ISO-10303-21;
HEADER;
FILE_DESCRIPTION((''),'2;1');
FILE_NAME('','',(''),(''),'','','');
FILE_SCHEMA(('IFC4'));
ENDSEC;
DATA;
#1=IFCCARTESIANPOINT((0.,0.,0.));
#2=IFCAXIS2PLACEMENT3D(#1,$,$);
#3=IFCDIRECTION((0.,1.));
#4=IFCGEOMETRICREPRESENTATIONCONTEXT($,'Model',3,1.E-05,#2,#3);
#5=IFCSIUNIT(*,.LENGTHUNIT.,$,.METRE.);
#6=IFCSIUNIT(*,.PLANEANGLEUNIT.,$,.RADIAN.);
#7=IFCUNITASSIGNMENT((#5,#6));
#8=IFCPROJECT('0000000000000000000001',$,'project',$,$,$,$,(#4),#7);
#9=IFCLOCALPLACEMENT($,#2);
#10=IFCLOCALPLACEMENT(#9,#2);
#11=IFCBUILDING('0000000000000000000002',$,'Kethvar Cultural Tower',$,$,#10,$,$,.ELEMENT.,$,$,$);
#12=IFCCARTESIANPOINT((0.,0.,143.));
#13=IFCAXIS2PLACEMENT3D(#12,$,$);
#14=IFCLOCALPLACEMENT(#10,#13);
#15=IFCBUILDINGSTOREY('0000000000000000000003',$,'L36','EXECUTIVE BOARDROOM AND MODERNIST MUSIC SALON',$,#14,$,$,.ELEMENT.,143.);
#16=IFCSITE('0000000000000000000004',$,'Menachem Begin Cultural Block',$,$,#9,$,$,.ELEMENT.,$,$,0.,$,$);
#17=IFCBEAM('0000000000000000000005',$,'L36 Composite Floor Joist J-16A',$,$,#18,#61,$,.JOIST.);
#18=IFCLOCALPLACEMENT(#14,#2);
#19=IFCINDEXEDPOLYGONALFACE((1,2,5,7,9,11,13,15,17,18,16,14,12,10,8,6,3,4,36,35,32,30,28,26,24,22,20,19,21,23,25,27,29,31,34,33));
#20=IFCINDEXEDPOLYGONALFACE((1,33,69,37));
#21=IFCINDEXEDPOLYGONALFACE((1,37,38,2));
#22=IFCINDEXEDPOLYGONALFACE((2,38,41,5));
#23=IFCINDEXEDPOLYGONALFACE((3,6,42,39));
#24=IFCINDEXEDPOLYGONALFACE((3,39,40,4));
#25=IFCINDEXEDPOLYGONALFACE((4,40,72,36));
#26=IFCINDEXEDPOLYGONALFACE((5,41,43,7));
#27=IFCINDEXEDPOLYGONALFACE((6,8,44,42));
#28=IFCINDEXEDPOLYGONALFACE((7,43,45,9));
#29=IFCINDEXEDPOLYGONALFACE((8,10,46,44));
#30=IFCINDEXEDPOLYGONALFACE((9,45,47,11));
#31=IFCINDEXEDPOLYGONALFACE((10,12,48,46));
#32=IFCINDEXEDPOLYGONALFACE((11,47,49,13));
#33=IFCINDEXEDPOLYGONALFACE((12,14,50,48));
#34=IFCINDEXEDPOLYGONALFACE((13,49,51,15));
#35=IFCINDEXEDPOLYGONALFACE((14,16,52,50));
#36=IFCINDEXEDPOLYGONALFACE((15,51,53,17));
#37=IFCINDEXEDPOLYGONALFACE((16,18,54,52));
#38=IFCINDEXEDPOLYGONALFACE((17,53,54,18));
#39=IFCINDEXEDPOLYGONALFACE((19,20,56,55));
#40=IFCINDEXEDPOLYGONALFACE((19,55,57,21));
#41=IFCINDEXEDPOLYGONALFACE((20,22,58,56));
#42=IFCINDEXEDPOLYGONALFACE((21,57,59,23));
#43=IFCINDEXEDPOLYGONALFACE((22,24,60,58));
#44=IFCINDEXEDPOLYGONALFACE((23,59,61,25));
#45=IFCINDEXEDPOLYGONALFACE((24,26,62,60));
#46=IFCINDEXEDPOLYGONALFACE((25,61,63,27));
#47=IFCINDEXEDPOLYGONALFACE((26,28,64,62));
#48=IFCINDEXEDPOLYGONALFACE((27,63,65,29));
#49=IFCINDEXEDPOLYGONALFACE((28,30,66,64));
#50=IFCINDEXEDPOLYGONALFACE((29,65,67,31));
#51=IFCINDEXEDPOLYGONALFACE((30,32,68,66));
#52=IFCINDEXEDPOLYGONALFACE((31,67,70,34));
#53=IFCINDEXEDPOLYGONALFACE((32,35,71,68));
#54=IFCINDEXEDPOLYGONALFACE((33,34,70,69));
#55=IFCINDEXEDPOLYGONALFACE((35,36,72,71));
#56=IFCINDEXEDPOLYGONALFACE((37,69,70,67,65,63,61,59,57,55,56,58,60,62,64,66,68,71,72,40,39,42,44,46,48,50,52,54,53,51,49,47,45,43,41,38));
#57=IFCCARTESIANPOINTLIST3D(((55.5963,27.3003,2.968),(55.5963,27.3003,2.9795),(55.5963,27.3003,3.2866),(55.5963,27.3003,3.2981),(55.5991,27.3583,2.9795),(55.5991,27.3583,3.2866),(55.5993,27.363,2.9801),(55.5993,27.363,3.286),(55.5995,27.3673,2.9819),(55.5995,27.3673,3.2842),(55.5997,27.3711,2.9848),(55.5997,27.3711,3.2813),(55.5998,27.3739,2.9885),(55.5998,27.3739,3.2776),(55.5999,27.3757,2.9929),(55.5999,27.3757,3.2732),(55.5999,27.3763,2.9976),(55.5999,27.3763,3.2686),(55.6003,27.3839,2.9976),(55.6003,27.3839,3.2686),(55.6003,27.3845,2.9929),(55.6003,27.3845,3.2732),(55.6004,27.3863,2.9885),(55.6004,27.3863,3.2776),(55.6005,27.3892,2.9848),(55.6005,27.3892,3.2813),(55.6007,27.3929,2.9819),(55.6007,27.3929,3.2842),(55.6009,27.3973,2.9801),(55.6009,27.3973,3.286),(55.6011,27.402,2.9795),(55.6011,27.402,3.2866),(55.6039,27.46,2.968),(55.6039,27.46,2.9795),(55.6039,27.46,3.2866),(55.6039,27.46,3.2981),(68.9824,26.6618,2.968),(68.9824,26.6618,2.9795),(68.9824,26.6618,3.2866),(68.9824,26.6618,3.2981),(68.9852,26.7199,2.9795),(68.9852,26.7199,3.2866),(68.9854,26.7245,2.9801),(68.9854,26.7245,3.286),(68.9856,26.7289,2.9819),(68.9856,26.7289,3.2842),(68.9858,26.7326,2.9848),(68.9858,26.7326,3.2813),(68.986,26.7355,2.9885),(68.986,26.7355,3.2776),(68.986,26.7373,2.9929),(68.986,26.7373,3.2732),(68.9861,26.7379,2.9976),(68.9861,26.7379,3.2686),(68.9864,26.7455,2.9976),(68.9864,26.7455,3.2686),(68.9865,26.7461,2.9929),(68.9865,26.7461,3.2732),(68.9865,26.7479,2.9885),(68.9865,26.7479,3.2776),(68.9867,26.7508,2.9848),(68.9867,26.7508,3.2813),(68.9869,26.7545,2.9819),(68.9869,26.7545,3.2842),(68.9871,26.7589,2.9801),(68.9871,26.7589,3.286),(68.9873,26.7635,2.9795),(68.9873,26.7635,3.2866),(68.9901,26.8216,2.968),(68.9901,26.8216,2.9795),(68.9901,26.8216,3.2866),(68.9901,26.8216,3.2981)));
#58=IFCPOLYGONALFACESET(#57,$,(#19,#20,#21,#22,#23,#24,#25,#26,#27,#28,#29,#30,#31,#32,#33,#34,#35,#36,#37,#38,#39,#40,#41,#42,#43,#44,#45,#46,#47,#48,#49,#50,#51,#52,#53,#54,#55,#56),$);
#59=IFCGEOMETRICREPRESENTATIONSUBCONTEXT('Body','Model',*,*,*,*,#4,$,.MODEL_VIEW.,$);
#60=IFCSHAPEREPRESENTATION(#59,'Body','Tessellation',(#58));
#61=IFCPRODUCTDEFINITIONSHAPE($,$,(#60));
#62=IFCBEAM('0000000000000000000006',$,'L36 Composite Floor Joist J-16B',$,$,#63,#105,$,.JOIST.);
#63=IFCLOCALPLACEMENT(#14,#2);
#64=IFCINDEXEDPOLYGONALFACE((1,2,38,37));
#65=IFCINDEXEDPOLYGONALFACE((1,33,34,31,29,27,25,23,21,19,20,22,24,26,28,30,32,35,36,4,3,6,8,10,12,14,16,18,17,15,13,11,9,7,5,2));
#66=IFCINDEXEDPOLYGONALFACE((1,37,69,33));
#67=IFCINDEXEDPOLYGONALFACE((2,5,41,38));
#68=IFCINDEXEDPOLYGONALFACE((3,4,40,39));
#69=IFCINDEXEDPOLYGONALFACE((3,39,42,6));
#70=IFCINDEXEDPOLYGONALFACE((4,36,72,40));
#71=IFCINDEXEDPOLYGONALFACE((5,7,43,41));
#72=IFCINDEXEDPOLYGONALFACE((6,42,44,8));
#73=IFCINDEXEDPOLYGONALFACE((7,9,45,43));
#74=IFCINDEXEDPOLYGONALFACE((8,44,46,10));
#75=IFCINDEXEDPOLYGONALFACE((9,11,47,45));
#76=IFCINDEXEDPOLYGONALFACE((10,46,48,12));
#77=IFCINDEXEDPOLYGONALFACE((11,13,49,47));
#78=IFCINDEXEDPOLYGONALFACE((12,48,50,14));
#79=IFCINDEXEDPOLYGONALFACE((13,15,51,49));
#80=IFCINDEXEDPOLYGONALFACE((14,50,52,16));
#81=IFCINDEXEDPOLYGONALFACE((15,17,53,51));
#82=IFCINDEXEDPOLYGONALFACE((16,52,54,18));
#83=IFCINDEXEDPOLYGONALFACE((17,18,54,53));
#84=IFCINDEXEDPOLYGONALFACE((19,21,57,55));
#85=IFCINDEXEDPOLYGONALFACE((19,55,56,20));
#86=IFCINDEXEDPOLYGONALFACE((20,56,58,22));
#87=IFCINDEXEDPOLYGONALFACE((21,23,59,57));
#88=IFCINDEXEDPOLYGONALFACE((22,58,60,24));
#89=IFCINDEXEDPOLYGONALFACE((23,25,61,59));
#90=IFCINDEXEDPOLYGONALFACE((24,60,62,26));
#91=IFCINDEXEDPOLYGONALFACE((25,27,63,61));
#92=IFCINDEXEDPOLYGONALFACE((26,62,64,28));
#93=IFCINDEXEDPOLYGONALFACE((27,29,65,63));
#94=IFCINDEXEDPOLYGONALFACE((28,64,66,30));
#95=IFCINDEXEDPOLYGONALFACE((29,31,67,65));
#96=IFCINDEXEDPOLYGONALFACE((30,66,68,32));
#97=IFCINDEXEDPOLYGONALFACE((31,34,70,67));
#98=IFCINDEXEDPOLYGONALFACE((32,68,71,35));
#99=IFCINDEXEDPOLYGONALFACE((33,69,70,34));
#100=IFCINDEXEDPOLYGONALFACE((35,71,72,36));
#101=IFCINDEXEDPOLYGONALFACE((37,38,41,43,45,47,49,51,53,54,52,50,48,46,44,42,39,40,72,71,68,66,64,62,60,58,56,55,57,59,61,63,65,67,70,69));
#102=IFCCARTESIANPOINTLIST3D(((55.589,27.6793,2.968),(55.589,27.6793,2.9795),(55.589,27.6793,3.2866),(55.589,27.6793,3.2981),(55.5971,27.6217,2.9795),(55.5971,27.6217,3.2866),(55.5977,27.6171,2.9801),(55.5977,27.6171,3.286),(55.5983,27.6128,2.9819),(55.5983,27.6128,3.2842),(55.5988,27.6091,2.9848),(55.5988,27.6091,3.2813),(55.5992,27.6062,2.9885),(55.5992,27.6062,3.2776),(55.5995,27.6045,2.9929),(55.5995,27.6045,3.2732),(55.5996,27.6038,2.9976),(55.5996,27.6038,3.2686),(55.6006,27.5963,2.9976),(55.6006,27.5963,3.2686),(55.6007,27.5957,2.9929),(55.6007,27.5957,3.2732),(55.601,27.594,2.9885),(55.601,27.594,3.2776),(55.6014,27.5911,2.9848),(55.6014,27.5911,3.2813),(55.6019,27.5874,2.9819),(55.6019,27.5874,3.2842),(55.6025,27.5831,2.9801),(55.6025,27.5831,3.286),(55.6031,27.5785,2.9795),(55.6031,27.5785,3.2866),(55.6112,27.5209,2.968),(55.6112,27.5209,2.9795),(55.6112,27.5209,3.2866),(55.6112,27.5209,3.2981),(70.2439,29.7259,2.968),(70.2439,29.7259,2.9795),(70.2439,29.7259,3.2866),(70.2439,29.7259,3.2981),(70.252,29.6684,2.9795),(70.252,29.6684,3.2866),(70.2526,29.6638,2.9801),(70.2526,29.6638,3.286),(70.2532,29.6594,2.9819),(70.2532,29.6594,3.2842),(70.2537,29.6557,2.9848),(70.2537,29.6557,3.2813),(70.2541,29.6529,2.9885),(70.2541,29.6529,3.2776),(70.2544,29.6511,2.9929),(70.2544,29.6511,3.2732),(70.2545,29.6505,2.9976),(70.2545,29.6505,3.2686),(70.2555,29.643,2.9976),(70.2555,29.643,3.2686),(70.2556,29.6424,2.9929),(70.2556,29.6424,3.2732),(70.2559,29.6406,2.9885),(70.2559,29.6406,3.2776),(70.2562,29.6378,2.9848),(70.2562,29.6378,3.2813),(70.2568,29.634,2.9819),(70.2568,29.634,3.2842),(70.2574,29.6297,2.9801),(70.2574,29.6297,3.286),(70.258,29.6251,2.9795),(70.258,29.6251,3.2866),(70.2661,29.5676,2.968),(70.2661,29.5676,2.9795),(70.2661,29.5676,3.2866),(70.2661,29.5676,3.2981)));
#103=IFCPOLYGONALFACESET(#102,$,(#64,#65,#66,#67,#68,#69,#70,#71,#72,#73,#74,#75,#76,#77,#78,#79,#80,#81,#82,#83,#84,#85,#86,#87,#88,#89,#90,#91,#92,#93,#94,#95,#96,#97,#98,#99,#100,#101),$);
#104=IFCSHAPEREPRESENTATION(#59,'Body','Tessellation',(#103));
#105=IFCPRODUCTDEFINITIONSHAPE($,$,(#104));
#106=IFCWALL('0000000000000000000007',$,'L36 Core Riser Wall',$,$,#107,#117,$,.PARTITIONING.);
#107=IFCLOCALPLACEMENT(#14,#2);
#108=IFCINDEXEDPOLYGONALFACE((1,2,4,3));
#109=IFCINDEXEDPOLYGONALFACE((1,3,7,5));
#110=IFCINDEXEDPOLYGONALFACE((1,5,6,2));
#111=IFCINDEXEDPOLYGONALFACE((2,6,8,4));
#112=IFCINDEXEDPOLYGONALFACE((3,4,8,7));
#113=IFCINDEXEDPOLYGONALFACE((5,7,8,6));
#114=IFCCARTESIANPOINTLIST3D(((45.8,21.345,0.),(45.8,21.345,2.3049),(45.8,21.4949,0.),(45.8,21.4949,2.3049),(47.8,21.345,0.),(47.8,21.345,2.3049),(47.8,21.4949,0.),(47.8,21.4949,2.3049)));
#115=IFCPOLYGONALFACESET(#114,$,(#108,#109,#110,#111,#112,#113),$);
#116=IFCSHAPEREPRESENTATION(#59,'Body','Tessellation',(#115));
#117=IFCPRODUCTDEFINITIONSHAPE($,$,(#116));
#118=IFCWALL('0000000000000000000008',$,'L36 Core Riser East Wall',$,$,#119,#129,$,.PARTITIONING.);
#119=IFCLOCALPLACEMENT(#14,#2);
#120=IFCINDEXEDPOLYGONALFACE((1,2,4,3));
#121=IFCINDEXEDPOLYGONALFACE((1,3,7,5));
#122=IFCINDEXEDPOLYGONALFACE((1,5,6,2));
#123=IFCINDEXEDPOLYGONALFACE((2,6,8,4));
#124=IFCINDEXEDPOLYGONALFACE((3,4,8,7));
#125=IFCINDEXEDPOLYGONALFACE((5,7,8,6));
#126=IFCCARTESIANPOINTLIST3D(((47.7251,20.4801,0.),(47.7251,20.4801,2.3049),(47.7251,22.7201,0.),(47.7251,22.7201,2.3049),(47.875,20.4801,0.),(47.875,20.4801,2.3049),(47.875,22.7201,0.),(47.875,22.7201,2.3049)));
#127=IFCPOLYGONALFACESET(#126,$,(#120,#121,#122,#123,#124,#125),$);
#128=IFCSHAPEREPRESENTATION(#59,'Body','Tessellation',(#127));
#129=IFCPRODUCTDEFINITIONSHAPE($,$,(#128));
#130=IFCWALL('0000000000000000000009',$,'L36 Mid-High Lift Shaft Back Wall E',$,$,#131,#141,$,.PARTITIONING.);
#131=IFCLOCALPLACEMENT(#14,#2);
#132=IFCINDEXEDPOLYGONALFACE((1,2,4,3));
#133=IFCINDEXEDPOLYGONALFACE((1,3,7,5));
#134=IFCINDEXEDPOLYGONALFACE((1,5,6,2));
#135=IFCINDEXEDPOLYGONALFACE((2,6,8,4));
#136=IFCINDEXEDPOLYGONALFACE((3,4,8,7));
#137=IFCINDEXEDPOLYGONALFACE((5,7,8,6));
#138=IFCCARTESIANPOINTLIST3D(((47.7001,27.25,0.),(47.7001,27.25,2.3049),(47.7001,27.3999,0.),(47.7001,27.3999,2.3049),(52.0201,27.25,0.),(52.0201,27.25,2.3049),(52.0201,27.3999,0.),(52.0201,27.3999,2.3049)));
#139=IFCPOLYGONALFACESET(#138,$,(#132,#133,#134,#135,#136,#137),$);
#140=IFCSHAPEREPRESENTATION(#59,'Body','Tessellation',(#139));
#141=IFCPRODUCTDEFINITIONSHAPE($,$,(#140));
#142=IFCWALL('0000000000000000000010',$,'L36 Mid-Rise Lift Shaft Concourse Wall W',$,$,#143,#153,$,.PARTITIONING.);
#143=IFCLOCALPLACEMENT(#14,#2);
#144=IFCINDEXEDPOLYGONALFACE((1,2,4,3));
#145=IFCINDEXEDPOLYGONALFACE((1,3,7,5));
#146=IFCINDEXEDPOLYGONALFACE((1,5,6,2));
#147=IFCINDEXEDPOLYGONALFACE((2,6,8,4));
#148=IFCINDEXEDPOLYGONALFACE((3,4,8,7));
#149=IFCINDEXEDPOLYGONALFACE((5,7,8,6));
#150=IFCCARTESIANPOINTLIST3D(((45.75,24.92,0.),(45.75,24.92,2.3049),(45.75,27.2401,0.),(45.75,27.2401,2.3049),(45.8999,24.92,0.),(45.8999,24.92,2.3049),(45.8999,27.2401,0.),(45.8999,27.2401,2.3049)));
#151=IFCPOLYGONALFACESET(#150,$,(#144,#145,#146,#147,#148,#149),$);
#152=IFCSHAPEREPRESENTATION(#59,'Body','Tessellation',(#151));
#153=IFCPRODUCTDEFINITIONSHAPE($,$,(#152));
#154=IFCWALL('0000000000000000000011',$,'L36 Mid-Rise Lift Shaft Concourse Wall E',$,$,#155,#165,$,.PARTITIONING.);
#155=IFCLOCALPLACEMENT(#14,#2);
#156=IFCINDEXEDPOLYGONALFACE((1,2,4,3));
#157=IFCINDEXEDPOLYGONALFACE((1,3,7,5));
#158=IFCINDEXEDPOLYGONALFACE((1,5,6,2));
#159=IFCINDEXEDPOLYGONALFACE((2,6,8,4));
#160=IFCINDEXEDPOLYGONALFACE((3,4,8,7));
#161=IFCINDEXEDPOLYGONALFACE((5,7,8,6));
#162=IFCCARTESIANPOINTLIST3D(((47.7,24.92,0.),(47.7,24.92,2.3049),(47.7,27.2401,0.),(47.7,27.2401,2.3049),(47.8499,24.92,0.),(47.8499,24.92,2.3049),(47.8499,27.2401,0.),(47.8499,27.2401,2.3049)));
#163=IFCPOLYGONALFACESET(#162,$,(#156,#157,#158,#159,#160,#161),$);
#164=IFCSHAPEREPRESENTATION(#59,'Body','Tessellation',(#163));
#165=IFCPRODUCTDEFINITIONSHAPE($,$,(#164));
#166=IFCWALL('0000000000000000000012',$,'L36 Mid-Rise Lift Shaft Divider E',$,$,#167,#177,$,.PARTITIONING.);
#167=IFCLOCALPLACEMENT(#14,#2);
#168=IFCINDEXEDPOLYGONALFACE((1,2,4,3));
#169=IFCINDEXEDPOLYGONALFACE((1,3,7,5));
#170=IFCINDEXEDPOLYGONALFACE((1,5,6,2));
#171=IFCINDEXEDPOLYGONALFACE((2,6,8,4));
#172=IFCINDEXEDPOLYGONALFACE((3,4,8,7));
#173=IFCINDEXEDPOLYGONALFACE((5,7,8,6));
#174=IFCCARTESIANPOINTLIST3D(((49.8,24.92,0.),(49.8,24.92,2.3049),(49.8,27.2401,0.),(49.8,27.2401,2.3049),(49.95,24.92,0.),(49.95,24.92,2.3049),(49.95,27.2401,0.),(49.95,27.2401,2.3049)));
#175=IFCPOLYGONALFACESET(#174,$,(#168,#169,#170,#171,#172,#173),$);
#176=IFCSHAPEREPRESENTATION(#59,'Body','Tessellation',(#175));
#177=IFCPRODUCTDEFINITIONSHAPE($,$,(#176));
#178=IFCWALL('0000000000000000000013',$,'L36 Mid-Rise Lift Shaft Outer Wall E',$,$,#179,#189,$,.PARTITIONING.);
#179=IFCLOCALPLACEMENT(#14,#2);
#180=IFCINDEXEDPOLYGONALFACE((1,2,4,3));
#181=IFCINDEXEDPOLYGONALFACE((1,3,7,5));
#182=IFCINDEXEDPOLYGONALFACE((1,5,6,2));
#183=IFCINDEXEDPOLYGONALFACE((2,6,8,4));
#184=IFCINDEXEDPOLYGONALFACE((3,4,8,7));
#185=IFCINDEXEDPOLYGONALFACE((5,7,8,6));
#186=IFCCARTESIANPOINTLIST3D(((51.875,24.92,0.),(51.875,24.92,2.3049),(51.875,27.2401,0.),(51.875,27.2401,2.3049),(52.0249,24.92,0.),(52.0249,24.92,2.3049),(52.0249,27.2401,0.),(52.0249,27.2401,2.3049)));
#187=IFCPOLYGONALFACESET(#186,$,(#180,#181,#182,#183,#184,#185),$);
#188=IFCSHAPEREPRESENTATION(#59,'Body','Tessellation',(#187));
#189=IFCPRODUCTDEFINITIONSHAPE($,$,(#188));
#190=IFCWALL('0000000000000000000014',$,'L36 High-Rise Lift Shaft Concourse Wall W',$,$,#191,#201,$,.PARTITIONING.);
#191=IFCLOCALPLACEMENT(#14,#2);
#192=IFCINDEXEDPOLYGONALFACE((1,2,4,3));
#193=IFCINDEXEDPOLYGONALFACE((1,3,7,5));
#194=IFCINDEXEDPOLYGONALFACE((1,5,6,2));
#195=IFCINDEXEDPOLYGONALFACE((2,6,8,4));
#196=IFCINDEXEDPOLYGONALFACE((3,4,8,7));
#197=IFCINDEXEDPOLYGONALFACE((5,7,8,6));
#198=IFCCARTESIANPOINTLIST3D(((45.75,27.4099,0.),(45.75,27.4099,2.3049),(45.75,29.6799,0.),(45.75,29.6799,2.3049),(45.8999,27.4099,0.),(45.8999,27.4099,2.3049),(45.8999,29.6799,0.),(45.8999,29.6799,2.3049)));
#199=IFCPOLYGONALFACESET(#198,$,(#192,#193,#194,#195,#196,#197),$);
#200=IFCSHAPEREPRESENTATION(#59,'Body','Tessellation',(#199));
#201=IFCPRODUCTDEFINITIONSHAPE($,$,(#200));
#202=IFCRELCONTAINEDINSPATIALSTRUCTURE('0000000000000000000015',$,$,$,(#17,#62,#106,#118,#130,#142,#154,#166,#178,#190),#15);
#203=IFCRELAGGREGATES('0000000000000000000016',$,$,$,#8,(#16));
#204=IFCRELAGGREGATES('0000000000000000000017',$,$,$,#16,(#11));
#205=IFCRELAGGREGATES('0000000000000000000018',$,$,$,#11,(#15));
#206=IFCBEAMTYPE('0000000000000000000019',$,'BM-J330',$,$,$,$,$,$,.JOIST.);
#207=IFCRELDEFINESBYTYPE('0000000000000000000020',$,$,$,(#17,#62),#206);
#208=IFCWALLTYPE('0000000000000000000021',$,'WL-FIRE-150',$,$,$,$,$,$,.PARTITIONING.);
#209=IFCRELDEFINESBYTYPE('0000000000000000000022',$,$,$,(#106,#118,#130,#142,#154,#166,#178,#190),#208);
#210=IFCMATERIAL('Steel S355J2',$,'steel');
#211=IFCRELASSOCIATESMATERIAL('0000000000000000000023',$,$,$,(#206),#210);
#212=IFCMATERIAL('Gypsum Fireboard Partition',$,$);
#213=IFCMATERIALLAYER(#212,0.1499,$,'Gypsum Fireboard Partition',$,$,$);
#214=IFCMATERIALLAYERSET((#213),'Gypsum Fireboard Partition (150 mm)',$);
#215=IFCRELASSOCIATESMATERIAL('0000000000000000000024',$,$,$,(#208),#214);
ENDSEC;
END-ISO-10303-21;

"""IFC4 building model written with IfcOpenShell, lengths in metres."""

from ifc_helpers import new_model, si_unit, direction, frame, frame_2d, origin, origin_2d, place, context, subcontext, project, spatial, rectangle, i_section, extrude, source, transform, mapped, material, layer, layer_set, material_profile, profile_set, type_object, element, save


model = new_model("IFC4")

# Units and contexts
model_context = context("Model", 3, precision=1e-05, world=origin(), true_north=direction((0.0, 1.0)))
body_context = subcontext(model_context, "Body", "Model", "MODEL_VIEW")
ifc_project = project(units=[si_unit("LENGTHUNIT", "METRE"), si_unit("PLANEANGLEUNIT", "RADIAN")], contexts=[model_context])

# Site, building, storey
site_placement = place(None, origin())
site = spatial("IfcSite", under=ifc_project, at=site_placement, Name="Menachem Begin Cultural Block", CompositionType="ELEMENT", RefElevation=0.0)
building_placement = place(site_placement, origin())
building = spatial("IfcBuilding", under=site, at=building_placement, Name="Kethvar Cultural Tower", CompositionType="ELEMENT")
storey_placement = place(building_placement, frame((0.0, 0.0, 143.0)))
storey = spatial("IfcBuildingStorey", under=building, at=storey_placement, Name="L36", Description="EXECUTIVE BOARDROOM AND MODERNIST MUSIC SALON", CompositionType="ELEMENT", Elevation=143.0)

# Beams
ifc_material_1 = material(Name="Steel S355J2", Category="steel")
ifc_material_profile_1 = material_profile(ifc_material_1, i_section(OverallWidth=0.1599, OverallDepth=0.3301, WebThickness=0.0076, FlangeThickness=0.0115, FilletRadius=0.0181, at=origin_2d()), Name="Steel S355J2 — IPE330")
ifc_profile_set_1 = profile_set([ifc_material_profile_1], Name="Steel S355J2 — IPE330")
beam_type_1 = type_object("IfcBeamType", Name="BM-J330", PredefinedType="JOIST", material=ifc_profile_set_1)
shared_shape_1 = source(origin(), body_context, "Body", "SweptSolid", [
    extrude(i_section(OverallWidth=0.1599, OverallDepth=0.3301, WebThickness=0.0076, FlangeThickness=0.0115, FilletRadius=0.0181, at=origin_2d()), origin(), (0.0, 0.0, 1.0), 13.4014),
])
beam_1_placement = place(storey_placement, frame((55.6001, 27.3801, 3.1331), z_axis=(0.998865, -0.047639, 0.0), x_axis=(0.047639, 0.998865, 0.0)))
element("IfcBeam", 1, at=beam_1_placement, inside=storey, type_object=beam_type_1, Name="L36 Composite Floor Joist J-16A", PredefinedType="JOIST", context=body_context, shape_type="MappedRepresentation", body=[
    mapped(shared_shape_1, transform((0.0, 0.0, 0.0), scale=1.0)),
])
shared_shape_2 = source(origin(), body_context, "Body", "SweptSolid", [
    extrude(i_section(OverallWidth=0.1599, OverallDepth=0.3301, WebThickness=0.0076, FlangeThickness=0.0115, FilletRadius=0.0181, at=origin_2d()), origin(), (0.0, 0.0, 1.0), 14.7971),
])
beam_2_placement = place(storey_placement, frame((55.6001, 27.6001, 3.1331), z_axis=(0.990388, 0.138314, 0.0), x_axis=(-0.138314, 0.990388, 0.0)))
element("IfcBeam", 2, at=beam_2_placement, inside=storey, type_object=beam_type_1, Name="L36 Composite Floor Joist J-16B", PredefinedType="JOIST", context=body_context, shape_type="MappedRepresentation", body=[
    mapped(shared_shape_2, transform((0.0, 0.0, 0.0), scale=1.0)),
])

# Walls
ifc_material_2 = material(Name="Gypsum Fireboard Partition")
ifc_layer_1 = layer(ifc_material_2, 0.1499, Name="Gypsum Fireboard Partition")
ifc_layer_set_1 = layer_set([ifc_layer_1], Name="Gypsum Fireboard Partition (150 mm)")
wall_type_1 = type_object("IfcWallType", Name="WL-FIRE-150", PredefinedType="PARTITIONING", material=ifc_layer_set_1)
wall_1_placement = place(storey_placement, frame((45.8, 21.4199, 0.0), z_axis=(0.0, 0.0, 1.0), x_axis=(1.0, 0.0, 0.0)))
element("IfcWall", 3, at=wall_1_placement, inside=storey, type_object=wall_type_1, Name="L36 Core Riser Wall", PredefinedType="PARTITIONING", context=body_context, shape_type="SweptSolid", body=[
    extrude(rectangle(XDim=2.0, YDim=0.1499, at=frame_2d((1.0, 0.0))), origin(), (0.0, 0.0, 1.0), 2.3049),
])
wall_2_placement = place(storey_placement, frame((47.8, 20.48, 0.0), z_axis=(0.0, 0.0, 1.0), x_axis=(0.0, 1.0, 0.0)))
element("IfcWall", 4, at=wall_2_placement, inside=storey, type_object=wall_type_1, Name="L36 Core Riser East Wall", PredefinedType="PARTITIONING", context=body_context, shape_type="SweptSolid", body=[
    extrude(rectangle(XDim=2.24, YDim=0.1499, at=frame_2d((1.1201, 0.0))), origin(), (0.0, 0.0, 1.0), 2.3049),
])
wall_3_placement = place(storey_placement, frame((47.7, 27.325, 0.0), z_axis=(0.0, 0.0, 1.0), x_axis=(1.0, 0.0, 0.0)))
element("IfcWall", 5, at=wall_3_placement, inside=storey, type_object=wall_type_1, Name="L36 Mid-High Lift Shaft Back Wall E", PredefinedType="PARTITIONING", context=body_context, shape_type="SweptSolid", body=[
    extrude(rectangle(XDim=4.3201, YDim=0.1499, at=frame_2d((2.1602, 0.0))), origin(), (0.0, 0.0, 1.0), 2.3049),
])
for number, where, z_axis, x_axis, name in (
    (6, (45.825, 24.9199, 0.0), (0.0, 0.0, 1.0), (0.0, 1.0, 0.0), "L36 Mid-Rise Lift Shaft Concourse Wall W"),
    (7, (47.7749, 24.9199, 0.0), (0.0, 0.0, 1.0), (0.0, 1.0, 0.0), "L36 Mid-Rise Lift Shaft Concourse Wall E"),
    (8, (49.875, 24.9199, 0.0), (0.0, 0.0, 1.0), (0.0, 1.0, 0.0), "L36 Mid-Rise Lift Shaft Divider E"),
    (9, (51.95, 24.9199, 0.0), (0.0, 0.0, 1.0), (0.0, 1.0, 0.0), "L36 Mid-Rise Lift Shaft Outer Wall E"),
):
    element("IfcWall", number, at=place(storey_placement, frame(where, z_axis=z_axis, x_axis=x_axis)), inside=storey, type_object=wall_type_1, Name=name, PredefinedType="PARTITIONING", context=body_context, shape_type="SweptSolid", body=[
        extrude(rectangle(XDim=2.3201, YDim=0.1499, at=frame_2d((1.1602, 0.0))), origin(), (0.0, 0.0, 1.0), 2.3049),
    ])
for number, where, z_axis, x_axis, name in (
    (10, (45.825, 27.4099, 0.0), (0.0, 0.0, 1.0), (0.0, 1.0, 0.0), "L36 High-Rise Lift Shaft Concourse Wall W"),
):
    element("IfcWall", number, at=place(storey_placement, frame(where, z_axis=z_axis, x_axis=x_axis)), inside=storey, type_object=wall_type_1, Name=name, PredefinedType="PARTITIONING", context=body_context, shape_type="SweptSolid", body=[
        extrude(rectangle(XDim=2.27, YDim=0.1499, at=frame_2d((1.135, 0.0))), origin(), (0.0, 0.0, 1.0), 2.3049),
    ])

save(model, "model.ifc")
